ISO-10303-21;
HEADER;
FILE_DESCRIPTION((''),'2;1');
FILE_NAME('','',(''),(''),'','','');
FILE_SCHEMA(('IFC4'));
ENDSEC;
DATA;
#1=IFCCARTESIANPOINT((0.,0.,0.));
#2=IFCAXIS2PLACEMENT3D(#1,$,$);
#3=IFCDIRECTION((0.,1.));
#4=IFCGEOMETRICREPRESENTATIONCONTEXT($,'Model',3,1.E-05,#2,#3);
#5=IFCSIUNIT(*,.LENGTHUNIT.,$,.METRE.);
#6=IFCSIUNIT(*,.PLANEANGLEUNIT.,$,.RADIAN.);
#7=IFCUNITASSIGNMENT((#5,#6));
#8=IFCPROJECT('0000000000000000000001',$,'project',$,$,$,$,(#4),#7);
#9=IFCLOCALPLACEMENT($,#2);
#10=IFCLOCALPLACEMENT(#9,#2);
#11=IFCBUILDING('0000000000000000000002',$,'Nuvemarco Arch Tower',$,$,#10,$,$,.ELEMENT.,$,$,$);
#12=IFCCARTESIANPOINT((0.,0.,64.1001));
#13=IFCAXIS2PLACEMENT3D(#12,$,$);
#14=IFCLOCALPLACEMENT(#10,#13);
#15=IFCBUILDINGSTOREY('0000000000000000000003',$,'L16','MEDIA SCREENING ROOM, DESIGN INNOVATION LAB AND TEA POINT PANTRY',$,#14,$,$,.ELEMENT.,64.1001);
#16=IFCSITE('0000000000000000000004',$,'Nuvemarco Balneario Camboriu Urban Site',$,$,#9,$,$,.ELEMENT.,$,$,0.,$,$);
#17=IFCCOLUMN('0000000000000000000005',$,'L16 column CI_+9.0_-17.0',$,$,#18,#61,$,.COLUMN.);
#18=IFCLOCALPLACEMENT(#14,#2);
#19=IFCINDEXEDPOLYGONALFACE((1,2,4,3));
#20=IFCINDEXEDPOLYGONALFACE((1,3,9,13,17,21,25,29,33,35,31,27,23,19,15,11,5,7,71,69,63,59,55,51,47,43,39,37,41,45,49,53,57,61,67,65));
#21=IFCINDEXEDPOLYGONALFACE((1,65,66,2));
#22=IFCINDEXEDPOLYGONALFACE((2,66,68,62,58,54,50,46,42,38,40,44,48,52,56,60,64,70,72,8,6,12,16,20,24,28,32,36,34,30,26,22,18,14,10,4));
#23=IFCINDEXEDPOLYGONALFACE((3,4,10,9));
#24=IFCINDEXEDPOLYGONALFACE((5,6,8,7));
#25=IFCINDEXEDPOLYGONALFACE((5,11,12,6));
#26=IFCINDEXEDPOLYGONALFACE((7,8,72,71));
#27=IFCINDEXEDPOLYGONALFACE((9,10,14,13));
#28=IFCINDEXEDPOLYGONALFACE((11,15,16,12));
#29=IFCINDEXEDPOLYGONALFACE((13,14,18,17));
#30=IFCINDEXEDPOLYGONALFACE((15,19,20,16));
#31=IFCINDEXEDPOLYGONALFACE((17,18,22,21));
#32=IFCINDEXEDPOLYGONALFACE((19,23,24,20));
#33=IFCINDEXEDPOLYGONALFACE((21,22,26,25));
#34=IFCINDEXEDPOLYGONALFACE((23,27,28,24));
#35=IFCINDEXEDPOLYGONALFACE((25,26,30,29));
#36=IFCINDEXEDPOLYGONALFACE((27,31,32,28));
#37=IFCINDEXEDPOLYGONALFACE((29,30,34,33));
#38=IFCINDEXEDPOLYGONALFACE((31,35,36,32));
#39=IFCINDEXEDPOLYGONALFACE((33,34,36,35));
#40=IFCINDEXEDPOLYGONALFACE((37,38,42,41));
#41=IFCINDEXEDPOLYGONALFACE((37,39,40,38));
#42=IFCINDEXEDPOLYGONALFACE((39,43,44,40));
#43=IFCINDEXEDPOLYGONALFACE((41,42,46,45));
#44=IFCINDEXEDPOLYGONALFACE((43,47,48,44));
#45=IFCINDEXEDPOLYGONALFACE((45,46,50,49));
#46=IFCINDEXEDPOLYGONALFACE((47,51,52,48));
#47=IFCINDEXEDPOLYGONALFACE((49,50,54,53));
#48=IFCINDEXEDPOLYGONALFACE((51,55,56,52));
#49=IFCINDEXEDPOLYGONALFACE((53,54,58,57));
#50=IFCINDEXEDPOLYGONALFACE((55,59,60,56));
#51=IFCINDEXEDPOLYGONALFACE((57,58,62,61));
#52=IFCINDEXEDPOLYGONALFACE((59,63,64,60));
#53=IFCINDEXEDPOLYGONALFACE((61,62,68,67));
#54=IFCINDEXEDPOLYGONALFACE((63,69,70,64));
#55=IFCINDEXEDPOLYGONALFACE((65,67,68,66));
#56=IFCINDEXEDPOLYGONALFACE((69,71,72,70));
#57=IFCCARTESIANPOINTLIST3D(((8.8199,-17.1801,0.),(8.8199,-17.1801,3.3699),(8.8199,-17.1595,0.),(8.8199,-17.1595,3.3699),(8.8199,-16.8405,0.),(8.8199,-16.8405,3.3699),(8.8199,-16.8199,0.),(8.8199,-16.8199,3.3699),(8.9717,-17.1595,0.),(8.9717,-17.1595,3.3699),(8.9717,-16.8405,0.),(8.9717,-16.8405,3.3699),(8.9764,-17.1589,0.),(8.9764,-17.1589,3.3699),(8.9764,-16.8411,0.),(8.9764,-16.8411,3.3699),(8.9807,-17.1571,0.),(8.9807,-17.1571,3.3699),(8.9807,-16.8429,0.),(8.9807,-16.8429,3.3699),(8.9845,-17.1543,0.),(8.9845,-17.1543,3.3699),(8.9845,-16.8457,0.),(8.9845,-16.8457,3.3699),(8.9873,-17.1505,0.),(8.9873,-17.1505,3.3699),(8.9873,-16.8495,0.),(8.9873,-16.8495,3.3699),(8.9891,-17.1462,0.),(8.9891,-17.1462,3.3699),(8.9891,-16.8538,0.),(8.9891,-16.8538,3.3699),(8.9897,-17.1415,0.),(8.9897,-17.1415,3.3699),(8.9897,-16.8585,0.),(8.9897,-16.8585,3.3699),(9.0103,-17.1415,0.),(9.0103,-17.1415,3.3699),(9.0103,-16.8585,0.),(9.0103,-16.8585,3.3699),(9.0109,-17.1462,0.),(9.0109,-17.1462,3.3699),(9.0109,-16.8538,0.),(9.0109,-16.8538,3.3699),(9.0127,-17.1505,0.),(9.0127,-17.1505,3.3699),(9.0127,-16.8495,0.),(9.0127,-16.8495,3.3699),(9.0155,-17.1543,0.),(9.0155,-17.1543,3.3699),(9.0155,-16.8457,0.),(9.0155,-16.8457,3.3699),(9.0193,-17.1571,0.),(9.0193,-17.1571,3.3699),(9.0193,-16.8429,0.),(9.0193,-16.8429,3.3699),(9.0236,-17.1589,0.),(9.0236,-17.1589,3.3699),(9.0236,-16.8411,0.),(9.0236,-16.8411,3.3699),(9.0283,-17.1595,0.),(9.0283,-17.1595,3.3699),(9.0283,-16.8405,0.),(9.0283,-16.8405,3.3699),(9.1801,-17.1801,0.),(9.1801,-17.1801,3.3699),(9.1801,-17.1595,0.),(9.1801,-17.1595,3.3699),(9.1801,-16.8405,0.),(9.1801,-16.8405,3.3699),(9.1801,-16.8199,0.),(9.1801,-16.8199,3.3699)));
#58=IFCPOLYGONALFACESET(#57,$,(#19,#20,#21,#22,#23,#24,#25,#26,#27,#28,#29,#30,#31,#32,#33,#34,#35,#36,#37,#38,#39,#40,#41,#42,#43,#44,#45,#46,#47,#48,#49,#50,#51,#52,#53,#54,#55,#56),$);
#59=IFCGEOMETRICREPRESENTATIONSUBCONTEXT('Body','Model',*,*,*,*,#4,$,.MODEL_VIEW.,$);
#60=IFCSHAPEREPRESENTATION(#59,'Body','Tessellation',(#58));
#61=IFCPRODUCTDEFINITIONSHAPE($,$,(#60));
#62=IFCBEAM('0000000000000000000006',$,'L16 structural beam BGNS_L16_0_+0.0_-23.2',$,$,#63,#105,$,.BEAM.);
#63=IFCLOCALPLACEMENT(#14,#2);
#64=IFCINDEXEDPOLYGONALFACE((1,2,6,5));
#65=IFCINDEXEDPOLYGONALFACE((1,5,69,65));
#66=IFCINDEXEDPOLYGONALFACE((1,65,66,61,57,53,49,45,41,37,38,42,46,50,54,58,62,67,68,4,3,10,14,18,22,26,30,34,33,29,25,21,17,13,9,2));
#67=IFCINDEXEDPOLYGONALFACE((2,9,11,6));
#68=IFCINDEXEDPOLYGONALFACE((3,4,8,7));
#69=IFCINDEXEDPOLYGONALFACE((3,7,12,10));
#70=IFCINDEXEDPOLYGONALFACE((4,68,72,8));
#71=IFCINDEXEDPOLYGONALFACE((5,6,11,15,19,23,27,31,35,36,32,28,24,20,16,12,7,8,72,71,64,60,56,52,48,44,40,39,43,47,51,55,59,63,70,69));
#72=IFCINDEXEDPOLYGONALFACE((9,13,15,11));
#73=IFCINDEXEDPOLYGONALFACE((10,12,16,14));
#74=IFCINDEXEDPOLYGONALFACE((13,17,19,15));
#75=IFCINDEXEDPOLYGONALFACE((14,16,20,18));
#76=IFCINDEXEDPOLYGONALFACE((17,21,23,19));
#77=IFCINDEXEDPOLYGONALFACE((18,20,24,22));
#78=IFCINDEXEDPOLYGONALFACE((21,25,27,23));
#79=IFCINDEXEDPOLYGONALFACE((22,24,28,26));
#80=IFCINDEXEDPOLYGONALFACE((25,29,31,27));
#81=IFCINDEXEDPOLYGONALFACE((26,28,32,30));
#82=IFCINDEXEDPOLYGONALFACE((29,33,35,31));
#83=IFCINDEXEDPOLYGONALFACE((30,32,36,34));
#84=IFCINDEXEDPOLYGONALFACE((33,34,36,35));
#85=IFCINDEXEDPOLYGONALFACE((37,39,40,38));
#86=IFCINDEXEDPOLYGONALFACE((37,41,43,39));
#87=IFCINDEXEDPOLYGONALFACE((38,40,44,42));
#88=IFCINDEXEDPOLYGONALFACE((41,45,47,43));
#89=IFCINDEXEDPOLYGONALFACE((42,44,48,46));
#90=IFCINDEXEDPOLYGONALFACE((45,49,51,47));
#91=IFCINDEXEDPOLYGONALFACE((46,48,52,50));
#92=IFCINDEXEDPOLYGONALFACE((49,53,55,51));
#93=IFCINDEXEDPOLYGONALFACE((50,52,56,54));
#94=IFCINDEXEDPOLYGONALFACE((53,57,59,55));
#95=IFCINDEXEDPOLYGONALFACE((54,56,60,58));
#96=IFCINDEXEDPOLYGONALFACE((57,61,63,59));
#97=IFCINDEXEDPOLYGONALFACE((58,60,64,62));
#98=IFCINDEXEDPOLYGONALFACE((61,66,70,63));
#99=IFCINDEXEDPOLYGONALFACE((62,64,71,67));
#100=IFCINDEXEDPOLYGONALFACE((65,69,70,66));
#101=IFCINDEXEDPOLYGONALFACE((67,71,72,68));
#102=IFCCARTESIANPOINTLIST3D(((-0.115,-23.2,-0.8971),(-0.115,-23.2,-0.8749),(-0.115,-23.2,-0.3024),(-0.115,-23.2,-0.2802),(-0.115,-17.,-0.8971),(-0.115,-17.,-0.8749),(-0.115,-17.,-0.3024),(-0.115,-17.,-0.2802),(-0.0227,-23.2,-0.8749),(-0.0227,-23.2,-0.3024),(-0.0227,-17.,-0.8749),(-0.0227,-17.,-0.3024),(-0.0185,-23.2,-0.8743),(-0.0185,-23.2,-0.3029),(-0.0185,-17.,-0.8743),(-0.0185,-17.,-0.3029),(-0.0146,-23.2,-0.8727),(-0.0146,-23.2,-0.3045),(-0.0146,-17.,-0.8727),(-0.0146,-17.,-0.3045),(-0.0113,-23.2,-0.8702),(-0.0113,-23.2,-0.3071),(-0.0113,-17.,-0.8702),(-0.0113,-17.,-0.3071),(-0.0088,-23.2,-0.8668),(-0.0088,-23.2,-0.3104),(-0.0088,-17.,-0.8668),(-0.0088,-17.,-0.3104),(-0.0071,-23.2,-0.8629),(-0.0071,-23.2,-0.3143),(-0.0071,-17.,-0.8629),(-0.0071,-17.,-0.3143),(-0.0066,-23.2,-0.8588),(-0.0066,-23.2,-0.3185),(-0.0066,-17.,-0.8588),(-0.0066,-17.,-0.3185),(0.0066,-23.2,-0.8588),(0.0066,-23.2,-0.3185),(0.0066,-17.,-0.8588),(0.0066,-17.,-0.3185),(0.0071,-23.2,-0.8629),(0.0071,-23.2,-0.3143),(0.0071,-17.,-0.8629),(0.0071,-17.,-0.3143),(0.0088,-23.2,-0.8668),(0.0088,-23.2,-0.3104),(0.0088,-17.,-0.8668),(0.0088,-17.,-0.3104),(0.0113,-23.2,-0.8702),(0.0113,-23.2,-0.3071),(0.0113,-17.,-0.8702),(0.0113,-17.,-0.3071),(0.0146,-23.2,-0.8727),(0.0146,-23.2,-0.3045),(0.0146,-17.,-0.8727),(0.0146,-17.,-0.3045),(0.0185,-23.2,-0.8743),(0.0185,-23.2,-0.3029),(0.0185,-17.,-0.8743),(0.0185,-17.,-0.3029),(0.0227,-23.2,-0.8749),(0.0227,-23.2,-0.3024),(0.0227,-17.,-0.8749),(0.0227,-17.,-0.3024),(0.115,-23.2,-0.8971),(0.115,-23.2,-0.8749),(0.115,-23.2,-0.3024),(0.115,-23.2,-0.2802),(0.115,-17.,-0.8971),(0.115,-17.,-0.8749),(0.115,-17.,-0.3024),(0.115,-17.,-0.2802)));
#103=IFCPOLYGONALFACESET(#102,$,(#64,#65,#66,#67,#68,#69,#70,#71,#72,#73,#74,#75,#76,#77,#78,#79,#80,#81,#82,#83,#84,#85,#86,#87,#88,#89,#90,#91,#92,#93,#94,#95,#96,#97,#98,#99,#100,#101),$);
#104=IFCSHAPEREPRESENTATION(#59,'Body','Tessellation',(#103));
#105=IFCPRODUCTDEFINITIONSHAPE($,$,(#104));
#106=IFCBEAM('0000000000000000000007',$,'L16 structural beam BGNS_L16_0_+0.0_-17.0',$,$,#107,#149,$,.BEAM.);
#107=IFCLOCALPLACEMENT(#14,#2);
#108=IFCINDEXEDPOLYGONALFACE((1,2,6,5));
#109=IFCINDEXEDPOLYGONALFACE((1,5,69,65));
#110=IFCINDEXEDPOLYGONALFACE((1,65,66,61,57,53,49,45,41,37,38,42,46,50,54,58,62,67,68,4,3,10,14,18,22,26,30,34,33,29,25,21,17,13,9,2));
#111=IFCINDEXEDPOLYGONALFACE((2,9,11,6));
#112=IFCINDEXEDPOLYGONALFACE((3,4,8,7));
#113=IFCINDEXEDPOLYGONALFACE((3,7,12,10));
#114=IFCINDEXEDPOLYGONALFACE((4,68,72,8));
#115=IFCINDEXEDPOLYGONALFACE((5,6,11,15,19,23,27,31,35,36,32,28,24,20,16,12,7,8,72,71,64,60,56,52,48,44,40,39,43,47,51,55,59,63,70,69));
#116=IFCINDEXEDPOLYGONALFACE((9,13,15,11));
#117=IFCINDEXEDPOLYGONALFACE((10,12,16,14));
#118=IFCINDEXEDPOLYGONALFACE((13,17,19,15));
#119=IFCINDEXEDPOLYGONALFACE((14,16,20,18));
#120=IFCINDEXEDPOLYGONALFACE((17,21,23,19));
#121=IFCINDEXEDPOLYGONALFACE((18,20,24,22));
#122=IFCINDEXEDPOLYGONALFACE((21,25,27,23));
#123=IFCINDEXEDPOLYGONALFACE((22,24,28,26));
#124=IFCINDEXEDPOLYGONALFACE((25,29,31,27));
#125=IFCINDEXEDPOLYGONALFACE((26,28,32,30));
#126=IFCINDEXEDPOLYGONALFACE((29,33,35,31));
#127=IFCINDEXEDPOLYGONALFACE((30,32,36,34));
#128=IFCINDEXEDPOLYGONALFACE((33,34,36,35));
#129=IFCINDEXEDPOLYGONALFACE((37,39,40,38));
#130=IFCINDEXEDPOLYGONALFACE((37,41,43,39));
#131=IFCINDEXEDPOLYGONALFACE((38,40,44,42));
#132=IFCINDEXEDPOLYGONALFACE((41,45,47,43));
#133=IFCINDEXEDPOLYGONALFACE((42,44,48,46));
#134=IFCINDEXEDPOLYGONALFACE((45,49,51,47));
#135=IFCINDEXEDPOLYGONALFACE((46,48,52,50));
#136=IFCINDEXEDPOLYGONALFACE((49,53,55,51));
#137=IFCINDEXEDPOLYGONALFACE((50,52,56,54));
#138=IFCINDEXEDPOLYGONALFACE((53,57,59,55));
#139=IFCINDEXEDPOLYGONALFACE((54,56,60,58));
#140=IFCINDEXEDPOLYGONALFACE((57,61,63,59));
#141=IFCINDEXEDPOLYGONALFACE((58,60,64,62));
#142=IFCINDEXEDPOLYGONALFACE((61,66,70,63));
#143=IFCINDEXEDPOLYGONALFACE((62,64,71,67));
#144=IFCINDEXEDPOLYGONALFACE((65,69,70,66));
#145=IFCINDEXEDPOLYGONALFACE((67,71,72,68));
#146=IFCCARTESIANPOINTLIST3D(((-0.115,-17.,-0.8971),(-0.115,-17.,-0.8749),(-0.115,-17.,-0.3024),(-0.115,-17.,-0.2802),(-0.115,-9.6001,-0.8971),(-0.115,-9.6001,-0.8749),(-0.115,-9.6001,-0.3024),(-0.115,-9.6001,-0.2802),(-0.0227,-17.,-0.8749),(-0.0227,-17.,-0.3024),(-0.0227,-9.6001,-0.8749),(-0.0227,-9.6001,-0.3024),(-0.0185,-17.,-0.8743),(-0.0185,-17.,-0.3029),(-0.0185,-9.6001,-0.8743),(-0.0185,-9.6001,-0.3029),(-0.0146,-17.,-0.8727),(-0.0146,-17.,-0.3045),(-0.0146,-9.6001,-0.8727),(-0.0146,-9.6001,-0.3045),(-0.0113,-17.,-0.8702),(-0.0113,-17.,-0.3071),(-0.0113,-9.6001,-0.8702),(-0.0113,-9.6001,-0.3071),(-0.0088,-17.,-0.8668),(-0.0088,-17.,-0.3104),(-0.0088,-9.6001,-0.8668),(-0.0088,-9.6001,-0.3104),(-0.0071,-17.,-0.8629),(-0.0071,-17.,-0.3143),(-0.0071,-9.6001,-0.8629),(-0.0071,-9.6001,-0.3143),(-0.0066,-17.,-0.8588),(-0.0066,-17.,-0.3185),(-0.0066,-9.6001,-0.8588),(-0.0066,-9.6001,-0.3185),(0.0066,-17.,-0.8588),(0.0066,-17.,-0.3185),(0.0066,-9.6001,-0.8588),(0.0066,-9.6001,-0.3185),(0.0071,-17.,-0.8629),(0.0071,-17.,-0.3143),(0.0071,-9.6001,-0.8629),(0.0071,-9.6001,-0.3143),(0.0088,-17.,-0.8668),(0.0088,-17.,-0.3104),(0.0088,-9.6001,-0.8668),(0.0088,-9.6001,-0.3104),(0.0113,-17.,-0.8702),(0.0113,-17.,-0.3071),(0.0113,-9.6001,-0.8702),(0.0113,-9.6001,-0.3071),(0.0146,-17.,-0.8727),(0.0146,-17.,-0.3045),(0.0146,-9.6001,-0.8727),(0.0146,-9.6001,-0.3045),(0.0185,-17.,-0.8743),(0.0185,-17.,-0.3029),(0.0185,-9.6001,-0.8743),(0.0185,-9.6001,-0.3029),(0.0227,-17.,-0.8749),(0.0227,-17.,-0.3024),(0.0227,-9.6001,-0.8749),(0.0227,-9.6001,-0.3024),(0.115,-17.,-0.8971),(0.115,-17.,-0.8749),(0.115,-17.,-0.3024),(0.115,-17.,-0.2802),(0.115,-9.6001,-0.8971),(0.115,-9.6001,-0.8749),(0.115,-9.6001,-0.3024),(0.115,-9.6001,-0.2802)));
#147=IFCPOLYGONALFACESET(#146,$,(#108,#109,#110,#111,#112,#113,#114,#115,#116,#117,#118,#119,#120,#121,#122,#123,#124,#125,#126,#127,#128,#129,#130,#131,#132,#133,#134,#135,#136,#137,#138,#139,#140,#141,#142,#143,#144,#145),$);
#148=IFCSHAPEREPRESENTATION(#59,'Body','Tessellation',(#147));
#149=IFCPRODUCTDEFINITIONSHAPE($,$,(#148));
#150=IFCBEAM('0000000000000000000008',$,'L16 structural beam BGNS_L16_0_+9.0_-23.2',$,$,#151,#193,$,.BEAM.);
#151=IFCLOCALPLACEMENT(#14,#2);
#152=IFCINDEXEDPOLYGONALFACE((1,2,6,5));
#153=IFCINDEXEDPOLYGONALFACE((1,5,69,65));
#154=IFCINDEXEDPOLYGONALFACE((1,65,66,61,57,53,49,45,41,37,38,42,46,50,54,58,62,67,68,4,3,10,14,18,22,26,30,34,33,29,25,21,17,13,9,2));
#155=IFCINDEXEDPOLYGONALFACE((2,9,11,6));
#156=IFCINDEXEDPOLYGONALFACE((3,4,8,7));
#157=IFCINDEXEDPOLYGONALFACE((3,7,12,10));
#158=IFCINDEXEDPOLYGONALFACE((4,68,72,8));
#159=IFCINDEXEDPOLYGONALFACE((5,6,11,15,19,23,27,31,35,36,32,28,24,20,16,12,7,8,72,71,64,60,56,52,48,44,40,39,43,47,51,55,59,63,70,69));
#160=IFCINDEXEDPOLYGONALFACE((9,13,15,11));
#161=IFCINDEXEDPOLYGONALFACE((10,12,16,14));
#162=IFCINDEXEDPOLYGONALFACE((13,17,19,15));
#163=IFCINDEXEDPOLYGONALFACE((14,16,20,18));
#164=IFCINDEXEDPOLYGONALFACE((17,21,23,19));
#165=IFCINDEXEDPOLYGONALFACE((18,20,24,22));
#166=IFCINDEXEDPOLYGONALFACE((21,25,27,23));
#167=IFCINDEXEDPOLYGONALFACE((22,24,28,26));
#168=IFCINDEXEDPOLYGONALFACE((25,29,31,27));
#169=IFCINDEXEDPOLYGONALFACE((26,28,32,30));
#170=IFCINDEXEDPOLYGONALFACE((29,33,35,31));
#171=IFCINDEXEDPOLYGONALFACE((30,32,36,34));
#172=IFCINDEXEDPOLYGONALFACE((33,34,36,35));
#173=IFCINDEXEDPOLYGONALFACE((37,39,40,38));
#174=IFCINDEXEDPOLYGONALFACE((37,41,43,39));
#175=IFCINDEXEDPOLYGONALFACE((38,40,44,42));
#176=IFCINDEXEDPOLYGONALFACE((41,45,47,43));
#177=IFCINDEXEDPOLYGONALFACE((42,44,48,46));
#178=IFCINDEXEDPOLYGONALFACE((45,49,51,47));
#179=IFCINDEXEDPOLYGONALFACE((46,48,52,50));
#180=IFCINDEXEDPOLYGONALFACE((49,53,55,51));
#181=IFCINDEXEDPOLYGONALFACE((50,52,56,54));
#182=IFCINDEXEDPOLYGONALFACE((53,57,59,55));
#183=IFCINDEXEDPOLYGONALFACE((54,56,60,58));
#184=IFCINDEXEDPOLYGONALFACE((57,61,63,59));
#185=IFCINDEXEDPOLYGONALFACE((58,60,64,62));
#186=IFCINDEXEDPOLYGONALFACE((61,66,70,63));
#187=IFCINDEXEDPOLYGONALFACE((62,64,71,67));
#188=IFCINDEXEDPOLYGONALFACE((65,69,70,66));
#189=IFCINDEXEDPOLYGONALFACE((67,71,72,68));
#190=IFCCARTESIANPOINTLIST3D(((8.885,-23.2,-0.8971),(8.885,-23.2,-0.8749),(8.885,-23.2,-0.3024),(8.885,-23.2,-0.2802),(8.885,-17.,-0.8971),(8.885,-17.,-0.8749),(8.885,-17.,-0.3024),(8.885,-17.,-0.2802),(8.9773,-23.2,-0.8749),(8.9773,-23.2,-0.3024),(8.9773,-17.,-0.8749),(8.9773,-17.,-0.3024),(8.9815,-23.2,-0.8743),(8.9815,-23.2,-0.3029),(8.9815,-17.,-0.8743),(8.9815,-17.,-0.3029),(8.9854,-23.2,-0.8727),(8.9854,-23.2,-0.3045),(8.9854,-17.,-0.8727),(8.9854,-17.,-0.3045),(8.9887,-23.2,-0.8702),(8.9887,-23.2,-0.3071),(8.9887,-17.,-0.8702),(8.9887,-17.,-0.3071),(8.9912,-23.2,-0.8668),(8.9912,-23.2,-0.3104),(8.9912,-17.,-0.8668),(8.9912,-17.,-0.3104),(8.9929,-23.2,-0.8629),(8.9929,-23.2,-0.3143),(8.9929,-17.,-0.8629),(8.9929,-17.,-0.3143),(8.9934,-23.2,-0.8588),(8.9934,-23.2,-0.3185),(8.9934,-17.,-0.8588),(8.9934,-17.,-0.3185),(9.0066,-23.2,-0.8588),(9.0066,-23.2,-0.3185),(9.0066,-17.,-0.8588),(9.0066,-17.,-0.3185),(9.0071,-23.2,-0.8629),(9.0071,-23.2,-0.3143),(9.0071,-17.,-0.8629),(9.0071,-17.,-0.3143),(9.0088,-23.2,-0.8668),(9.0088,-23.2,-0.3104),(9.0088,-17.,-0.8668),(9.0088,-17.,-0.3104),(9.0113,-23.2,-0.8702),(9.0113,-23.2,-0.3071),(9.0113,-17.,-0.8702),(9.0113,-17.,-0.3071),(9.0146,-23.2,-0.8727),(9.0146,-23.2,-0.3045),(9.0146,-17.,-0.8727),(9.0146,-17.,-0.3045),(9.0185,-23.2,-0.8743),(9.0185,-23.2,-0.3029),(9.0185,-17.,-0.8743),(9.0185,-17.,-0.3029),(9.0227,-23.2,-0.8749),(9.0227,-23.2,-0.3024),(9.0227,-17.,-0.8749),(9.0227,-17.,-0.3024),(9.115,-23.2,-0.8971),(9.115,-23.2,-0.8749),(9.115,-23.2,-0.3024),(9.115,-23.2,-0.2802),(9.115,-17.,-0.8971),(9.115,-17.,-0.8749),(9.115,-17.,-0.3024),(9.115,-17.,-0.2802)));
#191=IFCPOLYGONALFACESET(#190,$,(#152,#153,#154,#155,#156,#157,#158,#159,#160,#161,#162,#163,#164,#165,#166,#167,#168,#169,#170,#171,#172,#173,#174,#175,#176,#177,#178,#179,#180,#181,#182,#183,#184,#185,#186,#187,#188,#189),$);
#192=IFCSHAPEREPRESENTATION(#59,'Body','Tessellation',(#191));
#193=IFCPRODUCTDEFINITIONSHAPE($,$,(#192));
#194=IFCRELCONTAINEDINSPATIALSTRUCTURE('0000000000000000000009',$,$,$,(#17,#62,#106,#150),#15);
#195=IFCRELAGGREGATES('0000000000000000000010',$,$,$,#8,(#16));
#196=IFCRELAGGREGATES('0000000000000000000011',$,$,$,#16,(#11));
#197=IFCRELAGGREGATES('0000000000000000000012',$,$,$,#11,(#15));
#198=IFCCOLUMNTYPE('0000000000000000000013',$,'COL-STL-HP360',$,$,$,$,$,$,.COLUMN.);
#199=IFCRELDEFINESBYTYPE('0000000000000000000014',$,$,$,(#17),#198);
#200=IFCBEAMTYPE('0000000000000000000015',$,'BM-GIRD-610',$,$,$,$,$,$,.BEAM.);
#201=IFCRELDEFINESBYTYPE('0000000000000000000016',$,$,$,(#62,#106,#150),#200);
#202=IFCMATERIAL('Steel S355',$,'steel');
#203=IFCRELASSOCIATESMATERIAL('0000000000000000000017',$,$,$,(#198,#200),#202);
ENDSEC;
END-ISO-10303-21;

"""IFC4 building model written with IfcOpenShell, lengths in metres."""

from ifc_helpers import new_model, si_unit, direction, frame, origin, origin_2d, place, context, subcontext, project, spatial, i_section, extrude, material, material_profile, profile_set, type_object, element, save


model = new_model("IFC4")

# Units and contexts
model_context = context("Model", 3, precision=1e-05, world=origin(), true_north=direction((0.0, 1.0)))
body_context = subcontext(model_context, "Body", "Model", "MODEL_VIEW")
ifc_project = project(units=[si_unit("LENGTHUNIT", "METRE"), si_unit("PLANEANGLEUNIT", "RADIAN")], contexts=[model_context])

# Site, building, storey
site_placement = place(None, origin())
site = spatial("IfcSite", under=ifc_project, at=site_placement, Name="Nuvemarco Balneario Camboriu Urban Site", CompositionType="ELEMENT", RefElevation=0.0)
building_placement = place(site_placement, origin())
building = spatial("IfcBuilding", under=site, at=building_placement, Name="Nuvemarco Arch Tower", CompositionType="ELEMENT")
storey_placement = place(building_placement, frame((0.0, 0.0, 64.1001)))
storey = spatial("IfcBuildingStorey", under=building, at=storey_placement, Name="L16", Description="MEDIA SCREENING ROOM, DESIGN INNOVATION LAB AND TEA POINT PANTRY", CompositionType="ELEMENT", Elevation=64.1001)

# Column
ifc_material_1 = material(Name="Steel S355", Category="steel")
ifc_material_profile_1 = material_profile(ifc_material_1, i_section(OverallWidth=0.3601, OverallDepth=0.3601, WebThickness=0.0205, FlangeThickness=0.0205, FilletRadius=0.0181, at=origin_2d()), Name="HP360x174")
ifc_profile_set_1 = profile_set([ifc_material_profile_1], Name="Steel S355")
column_type_1 = type_object("IfcColumnType", Name="COL-STL-HP360", PredefinedType="COLUMN", material=ifc_profile_set_1)
for number, where, z_axis, x_axis, name in (
    (1, (9.0, -17.0, 0.0), (0.0, 0.0, 1.0), (1.0, 0.0, 0.0), "L16 column CI_+9.0_-17.0"),
):
    element("IfcColumn", number, at=place(storey_placement, frame(where, z_axis=z_axis, x_axis=x_axis)), inside=storey, type_object=column_type_1, Name=name, PredefinedType="COLUMN", context=body_context, shape_type="SweptSolid", body=[
        extrude(i_section(OverallWidth=0.3601, OverallDepth=0.3601, WebThickness=0.0205, FlangeThickness=0.0205, FilletRadius=0.0181, at=origin_2d()), origin(), (0.0, 0.0, 1.0), 3.3699),
    ])

# Beams
ifc_material_profile_2 = material_profile(ifc_material_1, i_section(OverallWidth=0.23, OverallDepth=0.6169, WebThickness=0.0132, FlangeThickness=0.0222, FilletRadius=0.0161, at=origin_2d()), Name="W610x140")
ifc_profile_set_2 = profile_set([ifc_material_profile_2], Name="Steel S355")
beam_type_1 = type_object("IfcBeamType", Name="BM-GIRD-610", PredefinedType="BEAM", material=ifc_profile_set_2)
beam_1_placement = place(storey_placement, frame((0.0, -23.2, -0.5886), z_axis=(0.0, 1.0, 0.0), x_axis=(-1.0, 0.0, 0.0)))
element("IfcBeam", 2, at=beam_1_placement, inside=storey, type_object=beam_type_1, Name="L16 structural beam BGNS_L16_0_+0.0_-23.2", PredefinedType="BEAM", context=body_context, shape_type="SweptSolid", body=[
    extrude(i_section(OverallWidth=0.23, OverallDepth=0.6169, WebThickness=0.0132, FlangeThickness=0.0222, FilletRadius=0.0161, at=origin_2d()), origin(), (0.0, 0.0, 1.0), 6.2),
])
beam_2_placement = place(storey_placement, frame((0.0, -17.0, -0.5886), z_axis=(0.0, 1.0, 0.0), x_axis=(-1.0, 0.0, 0.0)))
element("IfcBeam", 3, at=beam_2_placement, inside=storey, type_object=beam_type_1, Name="L16 structural beam BGNS_L16_0_+0.0_-17.0", PredefinedType="BEAM", context=body_context, shape_type="SweptSolid", body=[
    extrude(i_section(OverallWidth=0.23, OverallDepth=0.6169, WebThickness=0.0132, FlangeThickness=0.0222, FilletRadius=0.0161, at=origin_2d()), origin(), (0.0, 0.0, 1.0), 7.3999),
])
beam_3_placement = place(storey_placement, frame((9.0, -23.2, -0.5886), z_axis=(0.0, 1.0, 0.0), x_axis=(-1.0, 0.0, 0.0)))
element("IfcBeam", 4, at=beam_3_placement, inside=storey, type_object=beam_type_1, Name="L16 structural beam BGNS_L16_0_+9.0_-23.2", PredefinedType="BEAM", context=body_context, shape_type="SweptSolid", body=[
    extrude(i_section(OverallWidth=0.23, OverallDepth=0.6169, WebThickness=0.0132, FlangeThickness=0.0222, FilletRadius=0.0161, at=origin_2d()), origin(), (0.0, 0.0, 1.0), 6.2),
])

save(model, "model.ifc")
